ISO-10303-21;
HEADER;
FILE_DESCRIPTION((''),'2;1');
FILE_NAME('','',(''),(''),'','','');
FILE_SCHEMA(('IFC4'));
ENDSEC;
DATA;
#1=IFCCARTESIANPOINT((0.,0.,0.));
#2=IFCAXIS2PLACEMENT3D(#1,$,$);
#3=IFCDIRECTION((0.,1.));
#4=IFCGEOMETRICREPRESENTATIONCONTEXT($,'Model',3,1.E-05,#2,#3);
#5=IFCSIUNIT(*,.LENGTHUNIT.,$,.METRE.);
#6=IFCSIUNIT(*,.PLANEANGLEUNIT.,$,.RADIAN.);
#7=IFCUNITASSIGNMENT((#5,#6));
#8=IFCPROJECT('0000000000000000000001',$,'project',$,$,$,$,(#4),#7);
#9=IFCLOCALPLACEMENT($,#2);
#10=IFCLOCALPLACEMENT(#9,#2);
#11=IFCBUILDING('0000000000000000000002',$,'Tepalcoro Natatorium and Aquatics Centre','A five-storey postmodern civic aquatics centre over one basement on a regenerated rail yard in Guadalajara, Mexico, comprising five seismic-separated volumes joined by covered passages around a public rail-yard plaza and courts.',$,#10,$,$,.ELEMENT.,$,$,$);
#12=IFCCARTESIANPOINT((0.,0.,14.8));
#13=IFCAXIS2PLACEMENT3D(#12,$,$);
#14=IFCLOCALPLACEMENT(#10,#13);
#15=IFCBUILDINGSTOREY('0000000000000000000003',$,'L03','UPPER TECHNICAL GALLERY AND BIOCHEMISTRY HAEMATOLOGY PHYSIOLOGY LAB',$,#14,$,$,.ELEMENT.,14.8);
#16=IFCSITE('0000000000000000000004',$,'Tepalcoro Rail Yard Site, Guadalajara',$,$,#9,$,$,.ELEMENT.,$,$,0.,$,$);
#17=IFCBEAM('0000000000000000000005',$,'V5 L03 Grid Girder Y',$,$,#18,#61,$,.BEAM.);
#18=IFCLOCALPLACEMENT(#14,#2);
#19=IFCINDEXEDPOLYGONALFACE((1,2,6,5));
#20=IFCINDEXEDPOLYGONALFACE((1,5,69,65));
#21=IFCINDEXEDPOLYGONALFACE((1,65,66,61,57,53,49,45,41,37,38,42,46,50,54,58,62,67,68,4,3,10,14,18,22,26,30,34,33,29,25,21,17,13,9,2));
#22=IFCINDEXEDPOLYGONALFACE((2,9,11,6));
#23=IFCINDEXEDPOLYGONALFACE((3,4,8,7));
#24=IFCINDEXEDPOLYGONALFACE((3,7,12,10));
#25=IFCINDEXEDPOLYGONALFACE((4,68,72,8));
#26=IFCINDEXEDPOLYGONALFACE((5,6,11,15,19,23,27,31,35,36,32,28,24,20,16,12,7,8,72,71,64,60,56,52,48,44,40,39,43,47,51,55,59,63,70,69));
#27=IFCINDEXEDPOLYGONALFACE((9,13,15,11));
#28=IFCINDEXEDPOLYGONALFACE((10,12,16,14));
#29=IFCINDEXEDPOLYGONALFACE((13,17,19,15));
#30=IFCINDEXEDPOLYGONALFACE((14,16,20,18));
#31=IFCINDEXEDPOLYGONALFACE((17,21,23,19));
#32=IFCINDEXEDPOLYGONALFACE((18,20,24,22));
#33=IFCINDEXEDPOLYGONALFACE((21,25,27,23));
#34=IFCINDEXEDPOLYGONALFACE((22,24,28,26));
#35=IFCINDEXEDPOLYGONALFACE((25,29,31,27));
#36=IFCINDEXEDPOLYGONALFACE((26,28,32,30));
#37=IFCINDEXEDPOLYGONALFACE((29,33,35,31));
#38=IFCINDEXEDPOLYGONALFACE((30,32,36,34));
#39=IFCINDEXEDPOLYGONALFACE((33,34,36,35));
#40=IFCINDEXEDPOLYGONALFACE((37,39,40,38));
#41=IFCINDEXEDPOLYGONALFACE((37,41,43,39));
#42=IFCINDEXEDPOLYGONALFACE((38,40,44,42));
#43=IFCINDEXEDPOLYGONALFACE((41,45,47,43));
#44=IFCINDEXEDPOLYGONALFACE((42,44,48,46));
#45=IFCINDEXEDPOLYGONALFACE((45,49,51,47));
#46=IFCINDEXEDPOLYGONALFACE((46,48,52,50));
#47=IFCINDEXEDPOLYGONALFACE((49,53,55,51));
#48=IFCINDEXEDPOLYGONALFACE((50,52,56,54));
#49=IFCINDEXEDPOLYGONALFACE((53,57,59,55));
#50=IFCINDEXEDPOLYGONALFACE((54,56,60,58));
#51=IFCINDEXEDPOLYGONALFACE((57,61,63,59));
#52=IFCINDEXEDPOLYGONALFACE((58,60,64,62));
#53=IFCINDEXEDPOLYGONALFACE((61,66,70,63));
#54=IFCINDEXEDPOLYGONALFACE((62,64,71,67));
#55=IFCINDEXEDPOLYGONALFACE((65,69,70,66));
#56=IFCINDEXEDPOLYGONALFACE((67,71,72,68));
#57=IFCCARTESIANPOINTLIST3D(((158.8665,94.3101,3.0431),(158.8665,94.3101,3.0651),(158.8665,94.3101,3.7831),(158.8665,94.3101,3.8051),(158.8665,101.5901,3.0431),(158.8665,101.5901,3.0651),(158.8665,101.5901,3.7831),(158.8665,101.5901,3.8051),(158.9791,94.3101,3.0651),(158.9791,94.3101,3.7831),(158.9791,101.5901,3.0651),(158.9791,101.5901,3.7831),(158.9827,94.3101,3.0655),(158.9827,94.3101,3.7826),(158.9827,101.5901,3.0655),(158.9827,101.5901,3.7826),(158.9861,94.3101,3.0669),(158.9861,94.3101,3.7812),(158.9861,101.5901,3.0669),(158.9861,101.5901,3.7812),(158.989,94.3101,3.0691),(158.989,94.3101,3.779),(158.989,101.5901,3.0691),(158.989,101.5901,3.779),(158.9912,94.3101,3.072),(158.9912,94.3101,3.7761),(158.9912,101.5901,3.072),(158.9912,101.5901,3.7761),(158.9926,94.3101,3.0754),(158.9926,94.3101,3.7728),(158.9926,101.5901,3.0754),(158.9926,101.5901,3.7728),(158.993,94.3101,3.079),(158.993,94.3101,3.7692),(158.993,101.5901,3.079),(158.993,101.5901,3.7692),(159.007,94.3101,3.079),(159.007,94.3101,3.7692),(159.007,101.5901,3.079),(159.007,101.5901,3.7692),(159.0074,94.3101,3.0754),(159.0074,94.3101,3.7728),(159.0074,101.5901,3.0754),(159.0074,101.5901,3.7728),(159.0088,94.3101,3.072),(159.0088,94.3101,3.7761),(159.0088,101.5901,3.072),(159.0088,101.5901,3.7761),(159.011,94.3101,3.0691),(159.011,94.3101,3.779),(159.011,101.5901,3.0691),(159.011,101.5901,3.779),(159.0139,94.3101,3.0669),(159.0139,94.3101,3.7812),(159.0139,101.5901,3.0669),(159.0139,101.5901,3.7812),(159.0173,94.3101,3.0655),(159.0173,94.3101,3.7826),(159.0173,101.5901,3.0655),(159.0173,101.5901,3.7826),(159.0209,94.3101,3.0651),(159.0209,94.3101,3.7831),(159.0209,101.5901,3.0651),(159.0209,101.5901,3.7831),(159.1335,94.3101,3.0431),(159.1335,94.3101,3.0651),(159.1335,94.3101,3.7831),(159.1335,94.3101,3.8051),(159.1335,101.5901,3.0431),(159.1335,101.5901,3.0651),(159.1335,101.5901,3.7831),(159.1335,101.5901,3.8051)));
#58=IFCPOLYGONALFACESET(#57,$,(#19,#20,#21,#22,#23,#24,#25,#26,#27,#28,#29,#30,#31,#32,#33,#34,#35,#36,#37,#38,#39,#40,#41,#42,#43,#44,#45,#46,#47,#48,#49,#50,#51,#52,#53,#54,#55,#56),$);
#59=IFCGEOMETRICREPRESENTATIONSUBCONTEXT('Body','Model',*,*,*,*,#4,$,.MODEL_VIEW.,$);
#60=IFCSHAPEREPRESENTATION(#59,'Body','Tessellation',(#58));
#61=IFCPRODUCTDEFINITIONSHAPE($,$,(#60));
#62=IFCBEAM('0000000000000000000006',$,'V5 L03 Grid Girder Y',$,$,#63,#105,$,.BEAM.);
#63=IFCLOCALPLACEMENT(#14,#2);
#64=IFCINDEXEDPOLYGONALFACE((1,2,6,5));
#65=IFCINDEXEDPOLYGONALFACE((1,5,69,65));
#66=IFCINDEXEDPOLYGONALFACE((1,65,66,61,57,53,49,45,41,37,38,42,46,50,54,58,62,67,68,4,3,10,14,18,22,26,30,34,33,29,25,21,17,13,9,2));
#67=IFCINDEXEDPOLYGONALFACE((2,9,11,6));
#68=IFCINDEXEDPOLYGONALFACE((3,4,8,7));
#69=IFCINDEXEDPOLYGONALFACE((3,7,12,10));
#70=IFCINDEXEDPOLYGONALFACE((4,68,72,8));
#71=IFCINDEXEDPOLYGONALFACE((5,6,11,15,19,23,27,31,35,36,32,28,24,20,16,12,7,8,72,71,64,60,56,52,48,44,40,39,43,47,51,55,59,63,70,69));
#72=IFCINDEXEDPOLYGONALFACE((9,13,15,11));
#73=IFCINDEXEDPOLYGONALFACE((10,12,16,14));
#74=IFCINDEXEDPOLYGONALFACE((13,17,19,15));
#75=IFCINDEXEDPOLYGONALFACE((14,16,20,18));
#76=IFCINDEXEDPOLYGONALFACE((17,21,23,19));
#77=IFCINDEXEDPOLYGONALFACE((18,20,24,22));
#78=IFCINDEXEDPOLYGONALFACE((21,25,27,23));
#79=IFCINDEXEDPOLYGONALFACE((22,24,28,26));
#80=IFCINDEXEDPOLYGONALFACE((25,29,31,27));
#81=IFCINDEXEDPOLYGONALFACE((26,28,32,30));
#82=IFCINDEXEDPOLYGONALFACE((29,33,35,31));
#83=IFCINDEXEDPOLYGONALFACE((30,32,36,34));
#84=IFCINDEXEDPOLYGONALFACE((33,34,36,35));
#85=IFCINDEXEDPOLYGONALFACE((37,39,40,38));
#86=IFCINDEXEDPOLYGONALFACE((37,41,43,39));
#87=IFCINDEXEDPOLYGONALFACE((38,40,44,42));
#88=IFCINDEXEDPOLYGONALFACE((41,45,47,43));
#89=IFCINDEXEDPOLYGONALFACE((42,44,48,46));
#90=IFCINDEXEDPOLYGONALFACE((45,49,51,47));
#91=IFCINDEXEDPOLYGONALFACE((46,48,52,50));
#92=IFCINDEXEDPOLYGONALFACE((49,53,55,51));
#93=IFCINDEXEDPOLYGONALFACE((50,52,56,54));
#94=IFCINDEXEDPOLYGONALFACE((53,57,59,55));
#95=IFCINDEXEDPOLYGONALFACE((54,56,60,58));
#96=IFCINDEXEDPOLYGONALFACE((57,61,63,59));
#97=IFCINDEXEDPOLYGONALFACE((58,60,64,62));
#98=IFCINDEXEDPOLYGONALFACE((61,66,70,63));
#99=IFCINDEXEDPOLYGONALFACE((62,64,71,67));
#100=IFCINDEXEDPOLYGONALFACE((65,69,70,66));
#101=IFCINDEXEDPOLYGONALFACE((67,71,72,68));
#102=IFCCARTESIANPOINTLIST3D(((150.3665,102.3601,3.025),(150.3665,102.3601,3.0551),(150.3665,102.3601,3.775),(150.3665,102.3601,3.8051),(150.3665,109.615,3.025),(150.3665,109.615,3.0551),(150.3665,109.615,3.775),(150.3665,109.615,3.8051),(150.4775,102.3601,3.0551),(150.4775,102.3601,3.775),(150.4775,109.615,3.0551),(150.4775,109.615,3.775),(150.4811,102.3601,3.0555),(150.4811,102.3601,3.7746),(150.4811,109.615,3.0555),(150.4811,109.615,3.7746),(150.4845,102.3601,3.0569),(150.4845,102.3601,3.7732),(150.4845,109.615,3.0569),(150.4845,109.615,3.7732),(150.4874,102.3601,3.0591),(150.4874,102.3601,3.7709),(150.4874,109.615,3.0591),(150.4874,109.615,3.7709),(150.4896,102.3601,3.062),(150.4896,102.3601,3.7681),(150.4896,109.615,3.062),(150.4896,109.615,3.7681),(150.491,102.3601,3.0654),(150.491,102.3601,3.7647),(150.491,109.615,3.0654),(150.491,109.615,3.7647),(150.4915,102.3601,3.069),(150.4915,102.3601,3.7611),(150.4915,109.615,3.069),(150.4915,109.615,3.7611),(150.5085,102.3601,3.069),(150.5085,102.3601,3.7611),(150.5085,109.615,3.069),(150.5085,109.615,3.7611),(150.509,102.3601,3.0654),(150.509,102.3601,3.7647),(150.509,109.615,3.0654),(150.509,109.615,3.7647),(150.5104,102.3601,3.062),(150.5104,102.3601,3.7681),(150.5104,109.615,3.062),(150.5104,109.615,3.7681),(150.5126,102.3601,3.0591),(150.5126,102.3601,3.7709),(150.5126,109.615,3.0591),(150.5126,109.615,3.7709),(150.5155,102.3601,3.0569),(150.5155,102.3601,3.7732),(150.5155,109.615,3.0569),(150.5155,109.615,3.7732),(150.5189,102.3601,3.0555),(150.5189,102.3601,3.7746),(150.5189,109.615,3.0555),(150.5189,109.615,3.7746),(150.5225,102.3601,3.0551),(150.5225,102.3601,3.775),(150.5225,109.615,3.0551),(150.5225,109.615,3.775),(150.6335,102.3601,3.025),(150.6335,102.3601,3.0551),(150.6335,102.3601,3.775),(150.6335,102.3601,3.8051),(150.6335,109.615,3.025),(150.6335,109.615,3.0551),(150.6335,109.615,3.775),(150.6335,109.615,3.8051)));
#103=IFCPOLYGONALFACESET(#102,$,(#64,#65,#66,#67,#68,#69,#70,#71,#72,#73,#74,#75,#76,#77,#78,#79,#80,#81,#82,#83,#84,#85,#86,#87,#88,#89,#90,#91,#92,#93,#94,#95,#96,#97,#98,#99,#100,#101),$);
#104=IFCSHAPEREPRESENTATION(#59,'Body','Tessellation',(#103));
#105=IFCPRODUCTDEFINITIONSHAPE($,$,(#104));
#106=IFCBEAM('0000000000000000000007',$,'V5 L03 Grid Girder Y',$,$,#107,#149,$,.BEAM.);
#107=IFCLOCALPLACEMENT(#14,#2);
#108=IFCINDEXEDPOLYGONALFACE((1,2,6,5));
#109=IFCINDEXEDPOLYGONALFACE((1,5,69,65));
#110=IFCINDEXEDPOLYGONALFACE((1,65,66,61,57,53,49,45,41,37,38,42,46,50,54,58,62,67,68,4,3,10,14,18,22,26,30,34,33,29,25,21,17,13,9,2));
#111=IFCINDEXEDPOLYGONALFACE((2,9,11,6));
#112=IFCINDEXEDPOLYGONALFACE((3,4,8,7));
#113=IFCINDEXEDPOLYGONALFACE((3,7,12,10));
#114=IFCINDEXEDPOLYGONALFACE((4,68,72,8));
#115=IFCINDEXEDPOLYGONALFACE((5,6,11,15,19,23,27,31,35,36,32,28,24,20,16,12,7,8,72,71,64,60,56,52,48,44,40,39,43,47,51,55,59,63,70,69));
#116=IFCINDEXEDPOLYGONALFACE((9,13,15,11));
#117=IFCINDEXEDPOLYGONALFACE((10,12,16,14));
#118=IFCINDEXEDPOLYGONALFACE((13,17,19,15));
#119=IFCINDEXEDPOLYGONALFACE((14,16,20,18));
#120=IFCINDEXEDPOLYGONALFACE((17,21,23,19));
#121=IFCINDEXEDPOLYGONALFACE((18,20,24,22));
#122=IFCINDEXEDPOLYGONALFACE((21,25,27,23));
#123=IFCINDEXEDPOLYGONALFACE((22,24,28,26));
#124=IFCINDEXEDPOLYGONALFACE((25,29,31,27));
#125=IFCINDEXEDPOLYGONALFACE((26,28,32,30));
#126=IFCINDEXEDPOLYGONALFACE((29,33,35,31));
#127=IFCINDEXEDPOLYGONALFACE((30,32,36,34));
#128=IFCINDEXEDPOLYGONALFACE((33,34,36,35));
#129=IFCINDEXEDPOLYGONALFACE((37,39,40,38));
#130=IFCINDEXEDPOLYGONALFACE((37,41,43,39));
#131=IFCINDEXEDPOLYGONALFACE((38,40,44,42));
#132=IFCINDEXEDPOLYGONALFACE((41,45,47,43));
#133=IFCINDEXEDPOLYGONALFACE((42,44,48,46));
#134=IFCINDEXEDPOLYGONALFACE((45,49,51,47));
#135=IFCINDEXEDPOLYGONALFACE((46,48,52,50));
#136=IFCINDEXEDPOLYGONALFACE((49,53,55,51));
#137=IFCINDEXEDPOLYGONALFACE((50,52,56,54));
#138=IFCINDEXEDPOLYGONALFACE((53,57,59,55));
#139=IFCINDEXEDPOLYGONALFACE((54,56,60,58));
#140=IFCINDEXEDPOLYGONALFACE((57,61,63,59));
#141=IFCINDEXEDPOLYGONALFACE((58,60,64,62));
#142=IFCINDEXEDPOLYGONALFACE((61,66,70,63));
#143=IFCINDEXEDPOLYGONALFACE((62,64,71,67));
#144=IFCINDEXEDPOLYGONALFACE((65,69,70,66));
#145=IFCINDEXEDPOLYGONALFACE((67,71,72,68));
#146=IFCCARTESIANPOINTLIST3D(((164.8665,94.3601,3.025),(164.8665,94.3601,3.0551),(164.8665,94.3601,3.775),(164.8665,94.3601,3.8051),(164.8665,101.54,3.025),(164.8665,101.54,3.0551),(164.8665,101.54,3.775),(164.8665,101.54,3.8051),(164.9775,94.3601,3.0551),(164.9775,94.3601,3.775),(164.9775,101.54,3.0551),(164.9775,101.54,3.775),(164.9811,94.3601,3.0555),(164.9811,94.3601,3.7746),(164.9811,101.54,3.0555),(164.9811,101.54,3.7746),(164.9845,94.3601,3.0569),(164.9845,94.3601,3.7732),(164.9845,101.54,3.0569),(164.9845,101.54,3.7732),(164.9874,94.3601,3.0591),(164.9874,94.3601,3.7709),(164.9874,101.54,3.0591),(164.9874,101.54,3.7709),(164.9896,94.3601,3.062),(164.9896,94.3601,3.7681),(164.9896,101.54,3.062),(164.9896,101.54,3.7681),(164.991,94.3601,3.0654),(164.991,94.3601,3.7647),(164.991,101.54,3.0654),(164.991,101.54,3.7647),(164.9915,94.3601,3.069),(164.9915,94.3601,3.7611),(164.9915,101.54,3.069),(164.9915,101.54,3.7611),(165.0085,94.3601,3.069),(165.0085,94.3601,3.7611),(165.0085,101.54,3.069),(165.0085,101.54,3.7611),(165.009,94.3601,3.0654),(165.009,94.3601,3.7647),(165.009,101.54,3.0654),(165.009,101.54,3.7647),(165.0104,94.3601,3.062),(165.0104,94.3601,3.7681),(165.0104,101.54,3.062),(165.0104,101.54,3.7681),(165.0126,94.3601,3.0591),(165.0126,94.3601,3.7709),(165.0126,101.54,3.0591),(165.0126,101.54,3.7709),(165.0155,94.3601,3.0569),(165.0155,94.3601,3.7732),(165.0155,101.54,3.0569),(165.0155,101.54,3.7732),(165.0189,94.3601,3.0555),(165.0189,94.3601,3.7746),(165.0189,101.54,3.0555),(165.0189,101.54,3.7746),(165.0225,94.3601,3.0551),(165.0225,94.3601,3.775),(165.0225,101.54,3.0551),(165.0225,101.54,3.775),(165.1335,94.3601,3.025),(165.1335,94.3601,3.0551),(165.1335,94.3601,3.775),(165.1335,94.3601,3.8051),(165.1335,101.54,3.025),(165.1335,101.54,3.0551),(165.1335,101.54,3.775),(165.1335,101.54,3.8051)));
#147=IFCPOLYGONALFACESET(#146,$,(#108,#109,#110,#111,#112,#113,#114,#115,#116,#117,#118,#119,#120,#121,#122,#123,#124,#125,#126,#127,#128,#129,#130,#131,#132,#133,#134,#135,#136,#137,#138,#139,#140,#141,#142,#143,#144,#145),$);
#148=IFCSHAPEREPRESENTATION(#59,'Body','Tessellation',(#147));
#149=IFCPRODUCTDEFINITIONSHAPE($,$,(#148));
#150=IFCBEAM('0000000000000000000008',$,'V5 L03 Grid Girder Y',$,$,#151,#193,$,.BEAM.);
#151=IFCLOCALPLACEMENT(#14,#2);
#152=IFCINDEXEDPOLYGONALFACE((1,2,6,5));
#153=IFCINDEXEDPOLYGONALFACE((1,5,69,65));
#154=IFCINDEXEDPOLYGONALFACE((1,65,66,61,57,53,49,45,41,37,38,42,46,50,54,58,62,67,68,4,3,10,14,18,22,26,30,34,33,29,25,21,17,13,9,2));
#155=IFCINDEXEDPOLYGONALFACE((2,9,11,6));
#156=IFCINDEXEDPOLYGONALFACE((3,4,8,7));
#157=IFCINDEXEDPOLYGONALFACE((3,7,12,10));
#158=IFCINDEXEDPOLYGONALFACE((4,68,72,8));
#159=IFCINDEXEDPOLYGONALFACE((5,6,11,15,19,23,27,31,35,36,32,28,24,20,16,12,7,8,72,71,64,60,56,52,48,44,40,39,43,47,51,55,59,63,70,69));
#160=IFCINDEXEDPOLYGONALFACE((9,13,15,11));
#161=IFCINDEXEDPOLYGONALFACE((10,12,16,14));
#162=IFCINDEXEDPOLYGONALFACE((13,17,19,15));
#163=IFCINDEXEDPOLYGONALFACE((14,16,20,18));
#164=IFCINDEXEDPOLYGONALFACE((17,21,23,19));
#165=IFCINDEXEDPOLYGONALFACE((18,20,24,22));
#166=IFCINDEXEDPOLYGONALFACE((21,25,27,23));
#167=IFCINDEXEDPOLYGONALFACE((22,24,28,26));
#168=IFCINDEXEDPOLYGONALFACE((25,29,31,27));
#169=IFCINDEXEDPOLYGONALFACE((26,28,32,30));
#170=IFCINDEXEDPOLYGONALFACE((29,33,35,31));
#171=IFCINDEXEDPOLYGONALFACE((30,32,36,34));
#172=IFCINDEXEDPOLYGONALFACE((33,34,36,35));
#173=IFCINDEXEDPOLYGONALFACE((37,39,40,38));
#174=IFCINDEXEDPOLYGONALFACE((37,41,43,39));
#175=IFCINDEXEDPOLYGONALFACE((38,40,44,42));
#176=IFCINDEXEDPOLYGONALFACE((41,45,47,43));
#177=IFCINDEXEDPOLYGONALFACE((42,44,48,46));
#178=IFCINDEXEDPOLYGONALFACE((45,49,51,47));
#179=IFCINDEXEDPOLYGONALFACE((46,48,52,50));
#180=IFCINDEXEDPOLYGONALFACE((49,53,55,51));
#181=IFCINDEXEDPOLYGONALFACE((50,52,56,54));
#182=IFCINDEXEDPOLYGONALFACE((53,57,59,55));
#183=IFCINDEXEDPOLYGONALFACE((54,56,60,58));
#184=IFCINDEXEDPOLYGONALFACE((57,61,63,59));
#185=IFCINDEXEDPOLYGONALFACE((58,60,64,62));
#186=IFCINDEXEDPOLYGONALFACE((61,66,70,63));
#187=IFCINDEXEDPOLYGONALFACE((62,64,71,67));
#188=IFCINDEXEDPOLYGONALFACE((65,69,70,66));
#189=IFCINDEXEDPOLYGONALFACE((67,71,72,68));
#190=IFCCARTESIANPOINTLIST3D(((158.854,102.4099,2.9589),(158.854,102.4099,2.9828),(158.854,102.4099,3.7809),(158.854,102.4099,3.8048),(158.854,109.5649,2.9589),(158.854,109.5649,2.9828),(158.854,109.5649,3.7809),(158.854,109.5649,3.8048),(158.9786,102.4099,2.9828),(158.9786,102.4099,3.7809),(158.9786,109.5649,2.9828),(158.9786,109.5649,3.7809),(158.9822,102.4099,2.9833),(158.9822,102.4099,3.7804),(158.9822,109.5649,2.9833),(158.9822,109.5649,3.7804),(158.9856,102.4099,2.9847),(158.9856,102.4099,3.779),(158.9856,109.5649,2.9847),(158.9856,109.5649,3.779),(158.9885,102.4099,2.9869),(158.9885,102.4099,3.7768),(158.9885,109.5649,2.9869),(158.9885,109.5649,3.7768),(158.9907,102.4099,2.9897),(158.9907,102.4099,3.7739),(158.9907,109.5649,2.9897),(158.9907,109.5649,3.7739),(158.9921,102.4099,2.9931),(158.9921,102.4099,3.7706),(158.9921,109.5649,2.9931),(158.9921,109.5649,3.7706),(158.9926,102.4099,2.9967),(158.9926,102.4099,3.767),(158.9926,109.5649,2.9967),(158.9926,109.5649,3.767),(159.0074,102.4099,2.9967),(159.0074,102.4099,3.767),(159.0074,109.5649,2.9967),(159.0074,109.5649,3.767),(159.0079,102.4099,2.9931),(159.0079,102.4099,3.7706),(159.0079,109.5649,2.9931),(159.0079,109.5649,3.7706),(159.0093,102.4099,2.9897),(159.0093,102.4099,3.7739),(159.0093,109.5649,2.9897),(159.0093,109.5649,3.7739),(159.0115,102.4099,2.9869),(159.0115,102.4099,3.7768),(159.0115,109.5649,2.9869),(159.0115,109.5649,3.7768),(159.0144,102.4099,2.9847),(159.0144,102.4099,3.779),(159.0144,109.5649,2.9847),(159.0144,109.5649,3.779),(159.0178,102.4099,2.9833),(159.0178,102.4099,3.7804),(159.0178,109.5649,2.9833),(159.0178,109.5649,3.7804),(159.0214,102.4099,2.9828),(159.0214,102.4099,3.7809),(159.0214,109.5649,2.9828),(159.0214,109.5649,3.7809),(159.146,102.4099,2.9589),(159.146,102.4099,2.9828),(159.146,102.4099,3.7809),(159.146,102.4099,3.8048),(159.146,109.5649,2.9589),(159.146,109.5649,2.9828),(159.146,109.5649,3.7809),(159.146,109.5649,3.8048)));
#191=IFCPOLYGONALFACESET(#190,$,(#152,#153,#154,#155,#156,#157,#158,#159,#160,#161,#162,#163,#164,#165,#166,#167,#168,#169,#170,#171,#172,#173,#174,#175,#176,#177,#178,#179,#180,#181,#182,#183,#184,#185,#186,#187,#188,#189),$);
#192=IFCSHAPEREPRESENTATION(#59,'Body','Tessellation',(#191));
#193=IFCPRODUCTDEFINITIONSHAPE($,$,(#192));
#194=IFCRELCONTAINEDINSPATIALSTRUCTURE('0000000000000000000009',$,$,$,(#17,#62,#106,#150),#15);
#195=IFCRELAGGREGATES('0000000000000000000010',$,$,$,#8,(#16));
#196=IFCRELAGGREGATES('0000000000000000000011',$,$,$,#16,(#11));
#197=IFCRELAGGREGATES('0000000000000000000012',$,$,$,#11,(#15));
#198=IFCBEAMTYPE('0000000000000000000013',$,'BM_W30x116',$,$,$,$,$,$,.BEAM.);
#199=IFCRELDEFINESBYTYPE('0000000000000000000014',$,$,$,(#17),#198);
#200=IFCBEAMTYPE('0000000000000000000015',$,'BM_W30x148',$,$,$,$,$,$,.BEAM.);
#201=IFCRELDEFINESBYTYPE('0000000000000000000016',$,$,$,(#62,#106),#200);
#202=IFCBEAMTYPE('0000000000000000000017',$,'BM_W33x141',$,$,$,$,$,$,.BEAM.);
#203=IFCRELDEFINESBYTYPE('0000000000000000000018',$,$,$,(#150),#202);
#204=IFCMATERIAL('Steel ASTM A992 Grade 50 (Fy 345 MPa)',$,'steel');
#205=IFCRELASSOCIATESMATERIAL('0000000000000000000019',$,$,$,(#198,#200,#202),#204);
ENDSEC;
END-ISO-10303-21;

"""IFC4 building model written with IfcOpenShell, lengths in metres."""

from ifc_helpers import new_model, si_unit, direction, frame, origin, origin_2d, place, context, subcontext, project, spatial, i_section, extrude, material, material_profile, profile_set, type_object, element, save


model = new_model("IFC4")

# Units and contexts
model_context = context("Model", 3, precision=1e-05, world=origin(), true_north=direction((0.0, 1.0)))
body_context = subcontext(model_context, "Body", "Model", "MODEL_VIEW")
ifc_project = project(units=[si_unit("LENGTHUNIT", "METRE"), si_unit("PLANEANGLEUNIT", "RADIAN")], contexts=[model_context])

# Site, building, storey
site_placement = place(None, origin())
site = spatial("IfcSite", under=ifc_project, at=site_placement, Name="Tepalcoro Rail Yard Site, Guadalajara", CompositionType="ELEMENT", RefElevation=0.0)
building_placement = place(site_placement, origin())
building = spatial("IfcBuilding", under=site, at=building_placement, Name="Tepalcoro Natatorium and Aquatics Centre", Description="A five-storey postmodern civic aquatics centre over one basement on a regenerated rail yard in Guadalajara, Mexico, comprising five seismic-separated volumes joined by covered passages around a public rail-yard plaza and courts.", CompositionType="ELEMENT")
storey_placement = place(building_placement, frame((0.0, 0.0, 14.8)))
storey = spatial("IfcBuildingStorey", under=building, at=storey_placement, Name="L03", Description="UPPER TECHNICAL GALLERY AND BIOCHEMISTRY HAEMATOLOGY PHYSIOLOGY LAB", CompositionType="ELEMENT", Elevation=14.8)

# Beams
ifc_material_1 = material(Name="Steel ASTM A992 Grade 50 (Fy 345 MPa)", Category="steel")
ifc_material_profile_1 = material_profile(ifc_material_1, i_section(OverallWidth=0.2671, OverallDepth=0.762, WebThickness=0.0139, FlangeThickness=0.022, FilletRadius=0.0139, at=origin_2d()), Name="W30X116")
ifc_profile_set_1 = profile_set([ifc_material_profile_1], Name="Steel ASTM A992 Grade 50 (Fy 345 MPa)")
beam_type_1 = type_object("IfcBeamType", Name="BM_W30x116", PredefinedType="BEAM", material=ifc_profile_set_1)
beam_1_placement = place(storey_placement, frame((159.0, 94.3101, 3.4241), z_axis=(0.0, 1.0, 0.0), x_axis=(-1.0, 0.0, 0.0)))
element("IfcBeam", 1, at=beam_1_placement, inside=storey, type_object=beam_type_1, Name="V5 L03 Grid Girder Y", PredefinedType="BEAM", context=body_context, shape_type="SweptSolid", body=[
    extrude(i_section(OverallWidth=0.2671, OverallDepth=0.762, WebThickness=0.0139, FlangeThickness=0.022, FilletRadius=0.0139, at=origin_2d()), origin(), (0.0, 0.0, 1.0), 7.28),
])
ifc_material_profile_2 = material_profile(ifc_material_1, i_section(OverallWidth=0.2671, OverallDepth=0.78, WebThickness=0.0171, FlangeThickness=0.03, FilletRadius=0.0139, at=origin_2d()), Name="W30X148")
ifc_profile_set_2 = profile_set([ifc_material_profile_2], Name="Steel ASTM A992 Grade 50 (Fy 345 MPa)")
beam_type_2 = type_object("IfcBeamType", Name="BM_W30x148", PredefinedType="BEAM", material=ifc_profile_set_2)
beam_2_placement = place(storey_placement, frame((150.5, 102.3601, 3.415), z_axis=(0.0, 1.0, 0.0), x_axis=(-1.0, 0.0, 0.0)))
element("IfcBeam", 2, at=beam_2_placement, inside=storey, type_object=beam_type_2, Name="V5 L03 Grid Girder Y", PredefinedType="BEAM", context=body_context, shape_type="SweptSolid", body=[
    extrude(i_section(OverallWidth=0.2671, OverallDepth=0.78, WebThickness=0.0171, FlangeThickness=0.03, FilletRadius=0.0139, at=origin_2d()), origin(), (0.0, 0.0, 1.0), 7.2549),
])
beam_3_placement = place(storey_placement, frame((165.0, 94.3601, 3.415), z_axis=(0.0, 1.0, 0.0), x_axis=(-1.0, 0.0, 0.0)))
element("IfcBeam", 3, at=beam_3_placement, inside=storey, type_object=beam_type_2, Name="V5 L03 Grid Girder Y", PredefinedType="BEAM", context=body_context, shape_type="SweptSolid", body=[
    extrude(i_section(OverallWidth=0.2671, OverallDepth=0.78, WebThickness=0.0171, FlangeThickness=0.03, FilletRadius=0.0139, at=origin_2d()), origin(), (0.0, 0.0, 1.0), 7.1799),
])
ifc_material_profile_3 = material_profile(ifc_material_1, i_section(OverallWidth=0.292, OverallDepth=0.8459, WebThickness=0.0149, FlangeThickness=0.0239, FilletRadius=0.0139, at=origin_2d()), Name="W33X141")
ifc_profile_set_3 = profile_set([ifc_material_profile_3], Name="Steel ASTM A992 Grade 50 (Fy 345 MPa)")
beam_type_3 = type_object("IfcBeamType", Name="BM_W33x141", PredefinedType="BEAM", material=ifc_profile_set_3)
beam_4_placement = place(storey_placement, frame((159.0, 102.4099, 3.3818), z_axis=(0.0, 1.0, 0.0), x_axis=(-1.0, 0.0, 0.0)))
element("IfcBeam", 4, at=beam_4_placement, inside=storey, type_object=beam_type_3, Name="V5 L03 Grid Girder Y", PredefinedType="BEAM", context=body_context, shape_type="SweptSolid", body=[
    extrude(i_section(OverallWidth=0.292, OverallDepth=0.8459, WebThickness=0.0149, FlangeThickness=0.0239, FilletRadius=0.0139, at=origin_2d()), origin(), (0.0, 0.0, 1.0), 7.155),
])

save(model, "model.ifc")
